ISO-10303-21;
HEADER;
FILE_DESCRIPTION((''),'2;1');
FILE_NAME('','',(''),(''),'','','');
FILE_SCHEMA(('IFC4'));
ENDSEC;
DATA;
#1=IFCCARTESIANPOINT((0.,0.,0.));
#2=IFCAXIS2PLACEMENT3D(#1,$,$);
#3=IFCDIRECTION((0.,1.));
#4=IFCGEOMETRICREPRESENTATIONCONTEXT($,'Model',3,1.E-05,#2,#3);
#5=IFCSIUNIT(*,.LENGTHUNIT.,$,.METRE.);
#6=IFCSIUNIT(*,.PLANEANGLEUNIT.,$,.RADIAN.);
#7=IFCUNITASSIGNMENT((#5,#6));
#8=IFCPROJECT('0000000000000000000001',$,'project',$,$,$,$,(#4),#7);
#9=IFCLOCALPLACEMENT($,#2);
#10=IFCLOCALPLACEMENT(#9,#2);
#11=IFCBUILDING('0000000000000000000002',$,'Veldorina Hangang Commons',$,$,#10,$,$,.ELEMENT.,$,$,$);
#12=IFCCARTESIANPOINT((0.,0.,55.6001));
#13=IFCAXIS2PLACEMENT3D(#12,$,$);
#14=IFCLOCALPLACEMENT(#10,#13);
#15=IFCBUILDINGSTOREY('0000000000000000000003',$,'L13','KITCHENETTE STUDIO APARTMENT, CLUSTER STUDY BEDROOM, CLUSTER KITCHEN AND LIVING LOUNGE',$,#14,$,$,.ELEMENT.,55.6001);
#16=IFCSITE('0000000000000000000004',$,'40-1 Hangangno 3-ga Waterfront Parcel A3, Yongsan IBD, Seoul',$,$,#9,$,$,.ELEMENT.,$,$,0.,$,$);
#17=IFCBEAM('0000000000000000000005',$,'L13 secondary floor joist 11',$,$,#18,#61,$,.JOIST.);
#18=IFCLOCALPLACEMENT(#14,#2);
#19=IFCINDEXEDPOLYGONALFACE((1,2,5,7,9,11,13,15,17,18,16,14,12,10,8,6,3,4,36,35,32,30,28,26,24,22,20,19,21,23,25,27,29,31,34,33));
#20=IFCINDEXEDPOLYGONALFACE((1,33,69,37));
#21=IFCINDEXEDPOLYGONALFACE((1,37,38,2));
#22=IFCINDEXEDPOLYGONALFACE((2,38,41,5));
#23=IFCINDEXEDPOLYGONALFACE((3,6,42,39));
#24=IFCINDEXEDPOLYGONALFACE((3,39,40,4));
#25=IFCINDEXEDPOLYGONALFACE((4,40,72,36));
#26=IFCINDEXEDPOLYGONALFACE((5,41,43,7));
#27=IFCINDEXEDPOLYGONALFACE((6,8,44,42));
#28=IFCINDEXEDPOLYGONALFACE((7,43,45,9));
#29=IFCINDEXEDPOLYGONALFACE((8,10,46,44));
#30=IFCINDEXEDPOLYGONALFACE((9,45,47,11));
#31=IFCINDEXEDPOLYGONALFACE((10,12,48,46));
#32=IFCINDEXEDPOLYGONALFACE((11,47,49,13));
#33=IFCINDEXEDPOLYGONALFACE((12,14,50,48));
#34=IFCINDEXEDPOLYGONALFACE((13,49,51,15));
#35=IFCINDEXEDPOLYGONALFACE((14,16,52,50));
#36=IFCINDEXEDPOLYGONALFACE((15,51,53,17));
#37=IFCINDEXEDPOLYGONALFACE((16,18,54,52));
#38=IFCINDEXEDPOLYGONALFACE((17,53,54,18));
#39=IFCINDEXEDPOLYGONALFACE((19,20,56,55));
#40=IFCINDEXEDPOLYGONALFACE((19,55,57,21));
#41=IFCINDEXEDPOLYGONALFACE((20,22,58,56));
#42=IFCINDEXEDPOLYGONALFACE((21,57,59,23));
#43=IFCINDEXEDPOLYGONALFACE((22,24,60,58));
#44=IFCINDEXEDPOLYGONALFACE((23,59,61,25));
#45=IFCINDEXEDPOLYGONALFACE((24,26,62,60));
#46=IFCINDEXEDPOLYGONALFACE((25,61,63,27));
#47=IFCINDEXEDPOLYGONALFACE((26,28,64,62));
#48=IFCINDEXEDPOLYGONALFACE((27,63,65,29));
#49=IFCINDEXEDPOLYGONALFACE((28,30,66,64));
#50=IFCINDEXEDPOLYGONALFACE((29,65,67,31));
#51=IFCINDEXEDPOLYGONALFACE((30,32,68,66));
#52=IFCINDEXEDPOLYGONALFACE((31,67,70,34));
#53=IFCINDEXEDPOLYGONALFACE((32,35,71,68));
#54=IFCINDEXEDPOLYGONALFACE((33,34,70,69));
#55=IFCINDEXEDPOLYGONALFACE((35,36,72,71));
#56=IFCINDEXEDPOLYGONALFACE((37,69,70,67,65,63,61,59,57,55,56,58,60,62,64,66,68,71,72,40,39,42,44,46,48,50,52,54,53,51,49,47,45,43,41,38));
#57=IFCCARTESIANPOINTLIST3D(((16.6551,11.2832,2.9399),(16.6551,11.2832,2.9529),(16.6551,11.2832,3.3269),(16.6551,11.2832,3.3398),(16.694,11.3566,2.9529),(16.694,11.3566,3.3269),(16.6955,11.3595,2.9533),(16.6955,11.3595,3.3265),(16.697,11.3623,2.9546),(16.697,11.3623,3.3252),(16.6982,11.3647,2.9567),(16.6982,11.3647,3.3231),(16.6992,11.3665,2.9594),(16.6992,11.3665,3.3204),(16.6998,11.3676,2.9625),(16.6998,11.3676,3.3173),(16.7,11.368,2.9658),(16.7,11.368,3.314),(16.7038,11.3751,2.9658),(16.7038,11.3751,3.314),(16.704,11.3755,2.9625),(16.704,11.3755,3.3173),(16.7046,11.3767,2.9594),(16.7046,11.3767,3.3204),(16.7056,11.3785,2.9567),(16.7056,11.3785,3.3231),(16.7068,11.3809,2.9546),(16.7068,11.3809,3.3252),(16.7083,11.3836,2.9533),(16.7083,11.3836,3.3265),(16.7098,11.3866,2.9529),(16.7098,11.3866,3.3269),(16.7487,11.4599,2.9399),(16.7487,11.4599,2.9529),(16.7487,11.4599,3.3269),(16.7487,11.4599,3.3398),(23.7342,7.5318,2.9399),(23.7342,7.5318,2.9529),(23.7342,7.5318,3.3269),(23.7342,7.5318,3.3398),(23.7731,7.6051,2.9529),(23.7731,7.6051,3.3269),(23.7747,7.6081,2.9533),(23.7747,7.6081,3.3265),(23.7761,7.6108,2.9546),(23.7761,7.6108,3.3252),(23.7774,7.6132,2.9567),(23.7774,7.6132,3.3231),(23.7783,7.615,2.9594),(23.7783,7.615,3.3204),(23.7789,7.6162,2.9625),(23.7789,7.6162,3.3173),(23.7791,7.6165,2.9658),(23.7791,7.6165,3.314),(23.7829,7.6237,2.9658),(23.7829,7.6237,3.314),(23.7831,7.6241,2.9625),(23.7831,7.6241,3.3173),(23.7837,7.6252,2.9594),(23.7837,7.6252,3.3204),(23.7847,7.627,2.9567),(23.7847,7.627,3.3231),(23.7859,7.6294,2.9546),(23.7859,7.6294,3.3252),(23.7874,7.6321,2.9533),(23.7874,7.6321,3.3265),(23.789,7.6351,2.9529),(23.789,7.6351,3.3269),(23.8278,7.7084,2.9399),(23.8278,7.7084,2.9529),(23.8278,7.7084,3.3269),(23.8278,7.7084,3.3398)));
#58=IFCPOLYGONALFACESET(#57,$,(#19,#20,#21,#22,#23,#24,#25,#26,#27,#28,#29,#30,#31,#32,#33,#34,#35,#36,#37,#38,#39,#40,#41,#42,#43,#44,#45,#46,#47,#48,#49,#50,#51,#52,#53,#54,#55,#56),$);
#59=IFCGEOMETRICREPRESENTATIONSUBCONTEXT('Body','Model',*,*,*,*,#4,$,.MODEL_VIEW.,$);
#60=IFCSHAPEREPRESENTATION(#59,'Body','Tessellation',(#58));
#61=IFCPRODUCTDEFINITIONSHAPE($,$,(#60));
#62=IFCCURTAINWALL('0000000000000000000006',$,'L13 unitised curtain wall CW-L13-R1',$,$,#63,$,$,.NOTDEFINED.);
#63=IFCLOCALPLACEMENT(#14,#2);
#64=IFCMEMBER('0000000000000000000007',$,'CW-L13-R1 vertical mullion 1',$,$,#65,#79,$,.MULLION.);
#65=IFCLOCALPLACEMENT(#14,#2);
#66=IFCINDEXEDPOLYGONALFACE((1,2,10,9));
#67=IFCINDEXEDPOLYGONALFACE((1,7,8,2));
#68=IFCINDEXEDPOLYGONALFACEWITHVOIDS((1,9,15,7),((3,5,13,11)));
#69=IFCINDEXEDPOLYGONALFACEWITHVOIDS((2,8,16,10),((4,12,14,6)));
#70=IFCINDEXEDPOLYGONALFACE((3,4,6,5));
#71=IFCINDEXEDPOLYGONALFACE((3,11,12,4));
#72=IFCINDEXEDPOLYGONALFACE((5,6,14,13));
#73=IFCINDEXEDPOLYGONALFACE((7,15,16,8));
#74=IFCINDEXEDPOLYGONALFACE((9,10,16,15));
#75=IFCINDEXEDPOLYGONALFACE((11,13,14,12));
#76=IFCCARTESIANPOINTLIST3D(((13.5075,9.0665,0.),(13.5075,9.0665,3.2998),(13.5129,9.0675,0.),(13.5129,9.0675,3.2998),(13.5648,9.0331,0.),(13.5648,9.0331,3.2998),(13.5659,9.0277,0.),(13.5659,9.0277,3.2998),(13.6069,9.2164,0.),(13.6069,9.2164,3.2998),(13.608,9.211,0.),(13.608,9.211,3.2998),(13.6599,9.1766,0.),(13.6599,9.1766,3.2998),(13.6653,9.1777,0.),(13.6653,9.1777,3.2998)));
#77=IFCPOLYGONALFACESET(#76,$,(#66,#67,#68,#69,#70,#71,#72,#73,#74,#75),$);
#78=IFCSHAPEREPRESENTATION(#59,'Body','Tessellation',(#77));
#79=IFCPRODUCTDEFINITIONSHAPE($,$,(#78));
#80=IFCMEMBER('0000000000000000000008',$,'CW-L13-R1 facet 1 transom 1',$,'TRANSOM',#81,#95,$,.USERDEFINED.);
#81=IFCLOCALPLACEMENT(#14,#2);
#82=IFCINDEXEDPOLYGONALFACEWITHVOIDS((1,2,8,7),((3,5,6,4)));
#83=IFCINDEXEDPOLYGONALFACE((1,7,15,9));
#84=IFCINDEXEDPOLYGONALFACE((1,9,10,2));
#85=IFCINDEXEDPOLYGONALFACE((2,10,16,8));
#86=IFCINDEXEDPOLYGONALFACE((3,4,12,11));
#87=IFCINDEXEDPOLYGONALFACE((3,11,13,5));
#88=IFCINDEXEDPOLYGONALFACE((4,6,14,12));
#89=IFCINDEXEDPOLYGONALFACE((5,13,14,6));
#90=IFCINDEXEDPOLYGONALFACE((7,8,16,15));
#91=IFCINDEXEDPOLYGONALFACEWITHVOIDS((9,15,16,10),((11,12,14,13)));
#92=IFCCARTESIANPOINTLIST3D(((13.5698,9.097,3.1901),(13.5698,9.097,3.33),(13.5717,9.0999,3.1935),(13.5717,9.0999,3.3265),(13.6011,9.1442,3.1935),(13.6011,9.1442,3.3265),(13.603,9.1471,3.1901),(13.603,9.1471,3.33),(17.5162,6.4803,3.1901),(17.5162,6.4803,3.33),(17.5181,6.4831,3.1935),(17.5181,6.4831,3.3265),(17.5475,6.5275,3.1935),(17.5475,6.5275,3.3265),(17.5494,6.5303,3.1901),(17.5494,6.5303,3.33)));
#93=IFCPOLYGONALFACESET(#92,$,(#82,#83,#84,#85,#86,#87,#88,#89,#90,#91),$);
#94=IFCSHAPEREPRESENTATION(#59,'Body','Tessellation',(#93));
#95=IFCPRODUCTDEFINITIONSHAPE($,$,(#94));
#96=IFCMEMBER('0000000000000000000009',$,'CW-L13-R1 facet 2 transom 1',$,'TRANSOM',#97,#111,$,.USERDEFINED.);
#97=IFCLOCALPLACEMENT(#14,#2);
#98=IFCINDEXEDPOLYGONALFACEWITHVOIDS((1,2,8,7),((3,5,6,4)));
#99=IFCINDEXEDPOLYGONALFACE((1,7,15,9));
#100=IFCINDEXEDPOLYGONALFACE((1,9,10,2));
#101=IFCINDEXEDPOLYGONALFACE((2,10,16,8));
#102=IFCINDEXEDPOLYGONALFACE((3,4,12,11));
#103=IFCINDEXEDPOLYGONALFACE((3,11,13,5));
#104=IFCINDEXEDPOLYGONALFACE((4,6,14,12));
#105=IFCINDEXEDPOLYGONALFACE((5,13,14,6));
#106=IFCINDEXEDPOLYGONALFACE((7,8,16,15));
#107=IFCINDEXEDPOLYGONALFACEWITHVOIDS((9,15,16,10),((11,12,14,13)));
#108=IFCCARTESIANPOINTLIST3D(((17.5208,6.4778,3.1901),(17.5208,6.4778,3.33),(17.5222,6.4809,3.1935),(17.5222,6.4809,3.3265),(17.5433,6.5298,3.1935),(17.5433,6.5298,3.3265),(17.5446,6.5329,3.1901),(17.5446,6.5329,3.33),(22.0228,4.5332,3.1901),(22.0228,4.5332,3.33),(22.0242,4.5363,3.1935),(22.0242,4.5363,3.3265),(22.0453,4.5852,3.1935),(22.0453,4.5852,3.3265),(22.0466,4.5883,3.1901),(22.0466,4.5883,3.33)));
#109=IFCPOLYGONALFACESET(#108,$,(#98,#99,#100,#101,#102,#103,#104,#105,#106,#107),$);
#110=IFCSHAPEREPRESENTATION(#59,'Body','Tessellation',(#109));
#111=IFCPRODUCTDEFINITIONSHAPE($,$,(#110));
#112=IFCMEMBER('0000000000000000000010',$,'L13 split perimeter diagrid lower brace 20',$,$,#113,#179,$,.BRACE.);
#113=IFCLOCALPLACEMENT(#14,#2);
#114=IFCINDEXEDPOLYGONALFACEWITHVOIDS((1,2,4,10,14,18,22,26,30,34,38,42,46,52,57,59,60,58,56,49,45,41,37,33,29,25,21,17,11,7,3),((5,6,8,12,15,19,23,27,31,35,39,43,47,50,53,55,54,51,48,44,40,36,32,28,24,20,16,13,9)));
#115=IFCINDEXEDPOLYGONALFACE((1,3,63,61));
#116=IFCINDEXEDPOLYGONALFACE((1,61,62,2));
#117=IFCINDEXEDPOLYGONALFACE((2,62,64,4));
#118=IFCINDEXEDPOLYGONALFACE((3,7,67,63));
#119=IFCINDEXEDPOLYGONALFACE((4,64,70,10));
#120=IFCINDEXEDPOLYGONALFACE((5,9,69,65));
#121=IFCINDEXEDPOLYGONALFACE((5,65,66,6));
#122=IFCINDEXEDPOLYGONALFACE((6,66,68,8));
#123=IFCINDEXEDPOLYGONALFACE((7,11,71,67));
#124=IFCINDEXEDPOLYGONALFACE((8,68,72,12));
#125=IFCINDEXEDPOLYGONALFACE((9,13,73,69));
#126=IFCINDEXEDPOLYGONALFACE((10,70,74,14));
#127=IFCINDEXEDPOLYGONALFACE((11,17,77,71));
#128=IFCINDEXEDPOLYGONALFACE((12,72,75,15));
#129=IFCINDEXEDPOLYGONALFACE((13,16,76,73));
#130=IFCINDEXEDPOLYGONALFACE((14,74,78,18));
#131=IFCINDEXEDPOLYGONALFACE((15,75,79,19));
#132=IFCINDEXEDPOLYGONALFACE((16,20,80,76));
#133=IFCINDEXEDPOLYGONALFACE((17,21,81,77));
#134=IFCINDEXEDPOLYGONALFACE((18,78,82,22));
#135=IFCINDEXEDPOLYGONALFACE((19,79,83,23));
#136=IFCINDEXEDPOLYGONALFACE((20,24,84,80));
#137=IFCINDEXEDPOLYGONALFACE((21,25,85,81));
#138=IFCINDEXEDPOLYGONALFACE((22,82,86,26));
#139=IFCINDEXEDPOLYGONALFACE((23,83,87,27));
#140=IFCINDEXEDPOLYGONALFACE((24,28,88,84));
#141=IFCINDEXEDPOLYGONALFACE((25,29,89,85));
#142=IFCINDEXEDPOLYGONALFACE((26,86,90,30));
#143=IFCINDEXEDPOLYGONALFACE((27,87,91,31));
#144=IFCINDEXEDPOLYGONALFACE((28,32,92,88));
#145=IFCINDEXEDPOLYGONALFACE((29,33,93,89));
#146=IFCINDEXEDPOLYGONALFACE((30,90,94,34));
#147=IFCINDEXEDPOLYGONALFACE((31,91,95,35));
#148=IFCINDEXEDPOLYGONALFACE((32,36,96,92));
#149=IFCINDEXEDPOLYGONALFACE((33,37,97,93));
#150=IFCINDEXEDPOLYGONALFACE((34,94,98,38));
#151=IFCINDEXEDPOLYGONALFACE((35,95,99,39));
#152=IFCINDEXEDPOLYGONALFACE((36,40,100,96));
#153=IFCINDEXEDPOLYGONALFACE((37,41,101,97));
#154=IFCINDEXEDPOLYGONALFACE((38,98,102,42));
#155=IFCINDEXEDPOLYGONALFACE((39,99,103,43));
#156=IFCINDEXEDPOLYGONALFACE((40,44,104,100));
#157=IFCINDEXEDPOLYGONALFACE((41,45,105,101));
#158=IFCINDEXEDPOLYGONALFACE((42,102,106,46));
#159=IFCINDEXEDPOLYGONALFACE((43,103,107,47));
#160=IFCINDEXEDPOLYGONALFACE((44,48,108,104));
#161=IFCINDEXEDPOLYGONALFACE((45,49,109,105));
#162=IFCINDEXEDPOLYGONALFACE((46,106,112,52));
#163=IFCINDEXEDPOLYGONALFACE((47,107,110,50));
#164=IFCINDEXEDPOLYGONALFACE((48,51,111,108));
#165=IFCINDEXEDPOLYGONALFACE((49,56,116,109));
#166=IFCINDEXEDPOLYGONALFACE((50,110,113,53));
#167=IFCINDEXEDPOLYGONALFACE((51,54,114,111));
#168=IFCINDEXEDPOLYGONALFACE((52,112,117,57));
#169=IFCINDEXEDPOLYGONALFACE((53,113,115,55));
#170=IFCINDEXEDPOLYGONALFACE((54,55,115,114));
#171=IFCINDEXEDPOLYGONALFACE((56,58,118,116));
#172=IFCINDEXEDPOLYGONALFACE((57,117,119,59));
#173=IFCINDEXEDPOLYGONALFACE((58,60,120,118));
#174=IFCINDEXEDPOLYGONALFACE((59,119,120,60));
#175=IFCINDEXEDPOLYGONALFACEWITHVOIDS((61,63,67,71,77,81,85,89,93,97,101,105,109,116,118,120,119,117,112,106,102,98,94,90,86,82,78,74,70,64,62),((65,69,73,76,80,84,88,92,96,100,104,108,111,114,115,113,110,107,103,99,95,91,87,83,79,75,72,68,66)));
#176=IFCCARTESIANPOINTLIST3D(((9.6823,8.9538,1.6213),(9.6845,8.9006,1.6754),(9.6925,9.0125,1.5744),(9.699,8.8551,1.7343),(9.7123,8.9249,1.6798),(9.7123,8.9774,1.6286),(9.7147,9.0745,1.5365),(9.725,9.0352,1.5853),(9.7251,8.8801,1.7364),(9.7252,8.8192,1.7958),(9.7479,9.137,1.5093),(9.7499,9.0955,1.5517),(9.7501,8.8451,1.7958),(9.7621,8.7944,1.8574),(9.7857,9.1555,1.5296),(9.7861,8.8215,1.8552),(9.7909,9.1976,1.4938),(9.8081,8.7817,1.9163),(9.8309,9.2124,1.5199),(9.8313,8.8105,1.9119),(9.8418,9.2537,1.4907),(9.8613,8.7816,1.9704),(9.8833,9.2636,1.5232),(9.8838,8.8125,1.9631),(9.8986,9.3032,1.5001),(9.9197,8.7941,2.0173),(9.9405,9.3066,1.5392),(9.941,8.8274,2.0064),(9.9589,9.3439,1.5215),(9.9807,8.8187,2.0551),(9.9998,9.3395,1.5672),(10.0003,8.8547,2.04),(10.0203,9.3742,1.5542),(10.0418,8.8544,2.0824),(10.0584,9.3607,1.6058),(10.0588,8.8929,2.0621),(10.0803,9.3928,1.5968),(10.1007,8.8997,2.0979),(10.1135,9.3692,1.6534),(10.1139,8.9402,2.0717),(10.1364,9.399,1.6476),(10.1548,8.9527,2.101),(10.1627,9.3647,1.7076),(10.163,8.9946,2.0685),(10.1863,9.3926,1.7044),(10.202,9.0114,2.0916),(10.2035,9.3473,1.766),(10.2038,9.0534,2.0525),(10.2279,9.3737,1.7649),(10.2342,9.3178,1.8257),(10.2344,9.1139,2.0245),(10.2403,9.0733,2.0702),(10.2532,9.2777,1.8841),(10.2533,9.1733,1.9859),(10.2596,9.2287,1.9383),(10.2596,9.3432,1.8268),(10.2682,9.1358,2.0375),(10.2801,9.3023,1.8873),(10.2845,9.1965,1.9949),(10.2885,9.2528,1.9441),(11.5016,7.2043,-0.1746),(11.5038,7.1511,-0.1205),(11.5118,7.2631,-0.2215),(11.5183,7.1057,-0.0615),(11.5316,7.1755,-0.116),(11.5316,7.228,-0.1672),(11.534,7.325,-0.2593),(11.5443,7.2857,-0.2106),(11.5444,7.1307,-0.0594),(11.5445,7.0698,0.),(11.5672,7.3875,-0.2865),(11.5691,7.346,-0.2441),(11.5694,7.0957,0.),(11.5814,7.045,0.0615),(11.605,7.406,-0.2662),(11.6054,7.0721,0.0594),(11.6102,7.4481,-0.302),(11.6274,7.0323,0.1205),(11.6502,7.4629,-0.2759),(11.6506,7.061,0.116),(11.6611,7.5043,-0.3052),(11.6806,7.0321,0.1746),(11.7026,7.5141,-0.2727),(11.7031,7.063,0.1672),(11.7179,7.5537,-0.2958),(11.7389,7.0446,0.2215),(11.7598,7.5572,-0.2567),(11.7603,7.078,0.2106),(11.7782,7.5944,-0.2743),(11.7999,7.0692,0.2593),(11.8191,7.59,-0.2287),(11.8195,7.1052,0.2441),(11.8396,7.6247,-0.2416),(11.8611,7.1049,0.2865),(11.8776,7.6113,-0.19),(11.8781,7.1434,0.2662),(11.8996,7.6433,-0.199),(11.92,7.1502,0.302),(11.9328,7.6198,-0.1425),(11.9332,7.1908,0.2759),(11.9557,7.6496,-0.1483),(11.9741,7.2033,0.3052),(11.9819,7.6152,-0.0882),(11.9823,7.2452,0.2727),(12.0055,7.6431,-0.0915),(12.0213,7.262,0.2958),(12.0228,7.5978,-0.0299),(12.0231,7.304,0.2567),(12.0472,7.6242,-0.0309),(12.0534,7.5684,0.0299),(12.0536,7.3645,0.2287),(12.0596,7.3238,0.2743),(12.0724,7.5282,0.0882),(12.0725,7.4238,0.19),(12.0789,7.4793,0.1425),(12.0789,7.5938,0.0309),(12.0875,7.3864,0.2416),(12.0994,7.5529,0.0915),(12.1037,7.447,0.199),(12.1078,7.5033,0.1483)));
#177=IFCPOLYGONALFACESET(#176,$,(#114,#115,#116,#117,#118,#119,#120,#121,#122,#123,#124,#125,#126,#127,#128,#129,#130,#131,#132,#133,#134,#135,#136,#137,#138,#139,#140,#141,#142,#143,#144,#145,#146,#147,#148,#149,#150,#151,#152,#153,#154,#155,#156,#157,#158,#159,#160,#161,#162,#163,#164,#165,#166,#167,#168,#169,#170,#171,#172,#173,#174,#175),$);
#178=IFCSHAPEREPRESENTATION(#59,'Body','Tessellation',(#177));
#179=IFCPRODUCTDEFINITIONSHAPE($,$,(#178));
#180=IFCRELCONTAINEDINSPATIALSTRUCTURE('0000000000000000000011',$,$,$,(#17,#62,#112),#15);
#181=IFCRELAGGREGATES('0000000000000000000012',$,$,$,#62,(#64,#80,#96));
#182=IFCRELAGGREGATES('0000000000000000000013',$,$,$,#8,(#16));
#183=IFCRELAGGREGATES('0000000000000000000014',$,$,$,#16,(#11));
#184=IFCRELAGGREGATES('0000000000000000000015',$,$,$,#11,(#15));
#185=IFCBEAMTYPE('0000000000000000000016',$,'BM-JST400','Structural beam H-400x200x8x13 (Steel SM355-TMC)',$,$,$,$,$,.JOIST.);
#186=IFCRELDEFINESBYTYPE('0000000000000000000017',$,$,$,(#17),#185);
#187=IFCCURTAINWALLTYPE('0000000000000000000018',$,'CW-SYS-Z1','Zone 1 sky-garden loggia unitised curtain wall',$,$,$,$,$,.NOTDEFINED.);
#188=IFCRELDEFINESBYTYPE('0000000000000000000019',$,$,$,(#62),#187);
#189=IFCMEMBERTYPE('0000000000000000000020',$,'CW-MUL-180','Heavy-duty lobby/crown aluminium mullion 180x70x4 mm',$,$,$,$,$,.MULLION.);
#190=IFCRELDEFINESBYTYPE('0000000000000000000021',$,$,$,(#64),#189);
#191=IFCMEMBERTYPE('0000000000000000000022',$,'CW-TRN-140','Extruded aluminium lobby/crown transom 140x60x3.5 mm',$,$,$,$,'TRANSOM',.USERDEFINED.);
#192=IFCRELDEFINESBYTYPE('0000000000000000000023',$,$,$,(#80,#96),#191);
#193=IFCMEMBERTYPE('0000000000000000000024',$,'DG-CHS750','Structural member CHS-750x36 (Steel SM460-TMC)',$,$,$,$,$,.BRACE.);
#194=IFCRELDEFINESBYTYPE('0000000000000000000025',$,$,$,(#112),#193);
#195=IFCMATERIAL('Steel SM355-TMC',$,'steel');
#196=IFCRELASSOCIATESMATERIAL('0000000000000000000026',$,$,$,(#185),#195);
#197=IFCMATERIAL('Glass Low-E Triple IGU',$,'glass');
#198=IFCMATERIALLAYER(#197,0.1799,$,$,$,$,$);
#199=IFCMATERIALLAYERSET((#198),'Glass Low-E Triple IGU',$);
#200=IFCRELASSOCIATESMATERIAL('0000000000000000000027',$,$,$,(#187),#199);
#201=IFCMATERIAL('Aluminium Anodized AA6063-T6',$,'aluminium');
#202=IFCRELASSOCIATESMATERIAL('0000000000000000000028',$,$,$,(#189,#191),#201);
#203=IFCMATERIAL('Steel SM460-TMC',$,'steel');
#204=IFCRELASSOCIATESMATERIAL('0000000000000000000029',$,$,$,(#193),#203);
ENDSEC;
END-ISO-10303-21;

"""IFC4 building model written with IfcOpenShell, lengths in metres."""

from ifc_helpers import new_model, si_unit, direction, frame, origin, origin_2d, place, context, subcontext, project, spatial, hollow_rectangle, hollow_circle, i_section, extrude, material, layer, layer_set, material_profile, profile_set, type_object, element, aggregate, save


model = new_model("IFC4")

# Units and contexts
model_context = context("Model", 3, precision=1e-05, world=origin(), true_north=direction((0.0, 1.0)))
body_context = subcontext(model_context, "Body", "Model", "MODEL_VIEW")
ifc_project = project(units=[si_unit("LENGTHUNIT", "METRE"), si_unit("PLANEANGLEUNIT", "RADIAN")], contexts=[model_context])

# Site, building, storey
site_placement = place(None, origin())
site = spatial("IfcSite", under=ifc_project, at=site_placement, Name="40-1 Hangangno 3-ga Waterfront Parcel A3, Yongsan IBD, Seoul", CompositionType="ELEMENT", RefElevation=0.0)
building_placement = place(site_placement, origin())
building = spatial("IfcBuilding", under=site, at=building_placement, Name="Veldorina Hangang Commons", CompositionType="ELEMENT")
storey_placement = place(building_placement, frame((0.0, 0.0, 55.6001)))
storey = spatial("IfcBuildingStorey", under=building, at=storey_placement, Name="L13", Description="KITCHENETTE STUDIO APARTMENT, CLUSTER STUDY BEDROOM, CLUSTER KITCHEN AND LIVING LOUNGE", CompositionType="ELEMENT", Elevation=55.6001)

# Beam
ifc_material_1 = material(Name="Steel SM355-TMC", Category="steel")
ifc_material_profile_1 = material_profile(ifc_material_1, i_section(OverallWidth=0.2, OverallDepth=0.3999, WebThickness=0.0081, FlangeThickness=0.0129, FilletRadius=0.0129, at=origin_2d()), Name="H-400x200x8x13")
ifc_profile_set_1 = profile_set([ifc_material_profile_1], Name="Steel SM355-TMC")
beam_type = type_object("IfcBeamType", Name="BM-JST400", Description="Structural beam H-400x200x8x13 (Steel SM355-TMC)", PredefinedType="JOIST", material=ifc_profile_set_1)
beam_placement = place(storey_placement, frame((16.7019, 11.3716, 3.1399), z_axis=(0.883597, -0.468249, 0.0), x_axis=(0.468249, 0.883597, 0.0)))
element("IfcBeam", 1, at=beam_placement, inside=storey, type_object=beam_type, Name="L13 secondary floor joist 11", PredefinedType="JOIST", context=body_context, shape_type="SweptSolid", body=[
    extrude(i_section(OverallWidth=0.2, OverallDepth=0.3999, WebThickness=0.0081, FlangeThickness=0.0129, FilletRadius=0.0129, at=origin_2d()), origin(), (0.0, 0.0, 1.0), 8.0117),
])

# Curtain wall, members
ifc_material_2 = material(Name="Glass Low-E Triple IGU", Category="glass")
ifc_layer_1 = layer(ifc_material_2, 0.1799)
ifc_layer_set_1 = layer_set([ifc_layer_1], Name="Glass Low-E Triple IGU")
curtain_wall_type = type_object("IfcCurtainWallType", Name="CW-SYS-Z1", Description="Zone 1 sky-garden loggia unitised curtain wall", PredefinedType="NOTDEFINED", material=ifc_layer_set_1)
curtain_wall_placement = place(storey_placement, origin())
curtain_wall = element("IfcCurtainWall", 2, at=curtain_wall_placement, inside=storey, type_object=curtain_wall_type, Name="L13 unitised curtain wall CW-L13-R1", PredefinedType="NOTDEFINED")
ifc_material_3 = material(Name="Aluminium Anodized AA6063-T6", Category="aluminium")
ifc_material_profile_2 = material_profile(ifc_material_3, hollow_rectangle(XDim=0.0701, YDim=0.1799, WallThickness=0.0039, at=origin_2d()), Name="ALU-RHS-180x70x4")
ifc_profile_set_2 = profile_set([ifc_material_profile_2], Name="Aluminium Anodized AA6063-T6")
member_type_1 = type_object("IfcMemberType", Name="CW-MUL-180", Description="Heavy-duty lobby/crown aluminium mullion 180x70x4 mm", PredefinedType="MULLION", material=ifc_profile_set_2)
member_1_placement = place(storey_placement, frame((13.5864, 9.1221, 0.0), z_axis=(0.0, 0.0, 1.0), x_axis=(0.833423, -0.552635, 0.0)))
member_1 = element("IfcMember", 3, at=member_1_placement, type_object=member_type_1, Name="CW-L13-R1 vertical mullion 1", PredefinedType="MULLION", context=body_context, shape_type="SweptSolid", body=[
    extrude(hollow_rectangle(XDim=0.0701, YDim=0.1799, WallThickness=0.0039, at=origin_2d()), origin(), (0.0, 0.0, 1.0), 3.2998),
])
ifc_material_profile_3 = material_profile(ifc_material_3, hollow_rectangle(XDim=0.0601, YDim=0.1399, WallThickness=0.0034, at=origin_2d()), Name="ALU-RHS-140x60x3.5")
ifc_profile_set_3 = profile_set([ifc_material_profile_3], Name="Aluminium Anodized AA6063-T6")
member_type_2 = type_object("IfcMemberType", Name="CW-TRN-140", Description="Extruded aluminium lobby/crown transom 140x60x3.5 mm", ElementType="TRANSOM", PredefinedType="USERDEFINED", material=ifc_profile_set_3)
member_2_placement = place(storey_placement, frame((13.5864, 9.1221, 3.26), z_axis=(0.833428, -0.552628, 0.0), x_axis=(0.552628, 0.833428, 0.0)))
member_2 = element("IfcMember", 4, at=member_2_placement, type_object=member_type_2, Name="CW-L13-R1 facet 1 transom 1", ObjectType="TRANSOM", PredefinedType="USERDEFINED", context=body_context, shape_type="SweptSolid", body=[
    extrude(hollow_rectangle(XDim=0.0601, YDim=0.1399, WallThickness=0.0034, at=origin_2d()), origin(), (0.0, 0.0, 1.0), 4.7351),
])
member_3_placement = place(storey_placement, frame((17.5327, 6.5054, 3.26), z_axis=(0.918021, -0.396531, 0.0), x_axis=(0.396531, 0.918021, 0.0)))
member_3 = element("IfcMember", 5, at=member_3_placement, type_object=member_type_2, Name="CW-L13-R1 facet 2 transom 1", ObjectType="TRANSOM", PredefinedType="USERDEFINED", context=body_context, shape_type="SweptSolid", body=[
    extrude(hollow_rectangle(XDim=0.0601, YDim=0.1399, WallThickness=0.0034, at=origin_2d()), origin(), (0.0, 0.0, 1.0), 4.9041),
])

# Member
ifc_material_4 = material(Name="Steel SM460-TMC", Category="steel")
ifc_material_profile_4 = material_profile(ifc_material_4, hollow_circle(Radius=0.375, WallThickness=0.0359, at=origin_2d()), Name="CHS-750x36")
ifc_profile_set_4 = profile_set([ifc_material_profile_4], Name="Steel SM460-TMC")
member_type_3 = type_object("IfcMemberType", Name="DG-CHS750", Description="Structural member CHS-750x36 (Steel SM460-TMC)", PredefinedType="BRACE", material=ifc_profile_set_4)
member_4_placement = place(storey_placement, frame((11.8044, 7.3401, 0.0), z_axis=(-0.58731, 0.564769, 0.579744), x_axis=(-0.69314, -0.720803, 0.0)))
element("IfcMember", 6, at=member_4_placement, inside=storey, type_object=member_type_3, Name="L13 split perimeter diagrid lower brace 20", PredefinedType="BRACE", context=body_context, shape_type="SweptSolid", body=[
    extrude(hollow_circle(Radius=0.375, WallThickness=0.0359, at=origin_2d()), origin(), (0.0, 0.0, 1.0), 3.0977),
])

aggregate(curtain_wall, [member_1, member_2, member_3])

save(model, "model.ifc")
